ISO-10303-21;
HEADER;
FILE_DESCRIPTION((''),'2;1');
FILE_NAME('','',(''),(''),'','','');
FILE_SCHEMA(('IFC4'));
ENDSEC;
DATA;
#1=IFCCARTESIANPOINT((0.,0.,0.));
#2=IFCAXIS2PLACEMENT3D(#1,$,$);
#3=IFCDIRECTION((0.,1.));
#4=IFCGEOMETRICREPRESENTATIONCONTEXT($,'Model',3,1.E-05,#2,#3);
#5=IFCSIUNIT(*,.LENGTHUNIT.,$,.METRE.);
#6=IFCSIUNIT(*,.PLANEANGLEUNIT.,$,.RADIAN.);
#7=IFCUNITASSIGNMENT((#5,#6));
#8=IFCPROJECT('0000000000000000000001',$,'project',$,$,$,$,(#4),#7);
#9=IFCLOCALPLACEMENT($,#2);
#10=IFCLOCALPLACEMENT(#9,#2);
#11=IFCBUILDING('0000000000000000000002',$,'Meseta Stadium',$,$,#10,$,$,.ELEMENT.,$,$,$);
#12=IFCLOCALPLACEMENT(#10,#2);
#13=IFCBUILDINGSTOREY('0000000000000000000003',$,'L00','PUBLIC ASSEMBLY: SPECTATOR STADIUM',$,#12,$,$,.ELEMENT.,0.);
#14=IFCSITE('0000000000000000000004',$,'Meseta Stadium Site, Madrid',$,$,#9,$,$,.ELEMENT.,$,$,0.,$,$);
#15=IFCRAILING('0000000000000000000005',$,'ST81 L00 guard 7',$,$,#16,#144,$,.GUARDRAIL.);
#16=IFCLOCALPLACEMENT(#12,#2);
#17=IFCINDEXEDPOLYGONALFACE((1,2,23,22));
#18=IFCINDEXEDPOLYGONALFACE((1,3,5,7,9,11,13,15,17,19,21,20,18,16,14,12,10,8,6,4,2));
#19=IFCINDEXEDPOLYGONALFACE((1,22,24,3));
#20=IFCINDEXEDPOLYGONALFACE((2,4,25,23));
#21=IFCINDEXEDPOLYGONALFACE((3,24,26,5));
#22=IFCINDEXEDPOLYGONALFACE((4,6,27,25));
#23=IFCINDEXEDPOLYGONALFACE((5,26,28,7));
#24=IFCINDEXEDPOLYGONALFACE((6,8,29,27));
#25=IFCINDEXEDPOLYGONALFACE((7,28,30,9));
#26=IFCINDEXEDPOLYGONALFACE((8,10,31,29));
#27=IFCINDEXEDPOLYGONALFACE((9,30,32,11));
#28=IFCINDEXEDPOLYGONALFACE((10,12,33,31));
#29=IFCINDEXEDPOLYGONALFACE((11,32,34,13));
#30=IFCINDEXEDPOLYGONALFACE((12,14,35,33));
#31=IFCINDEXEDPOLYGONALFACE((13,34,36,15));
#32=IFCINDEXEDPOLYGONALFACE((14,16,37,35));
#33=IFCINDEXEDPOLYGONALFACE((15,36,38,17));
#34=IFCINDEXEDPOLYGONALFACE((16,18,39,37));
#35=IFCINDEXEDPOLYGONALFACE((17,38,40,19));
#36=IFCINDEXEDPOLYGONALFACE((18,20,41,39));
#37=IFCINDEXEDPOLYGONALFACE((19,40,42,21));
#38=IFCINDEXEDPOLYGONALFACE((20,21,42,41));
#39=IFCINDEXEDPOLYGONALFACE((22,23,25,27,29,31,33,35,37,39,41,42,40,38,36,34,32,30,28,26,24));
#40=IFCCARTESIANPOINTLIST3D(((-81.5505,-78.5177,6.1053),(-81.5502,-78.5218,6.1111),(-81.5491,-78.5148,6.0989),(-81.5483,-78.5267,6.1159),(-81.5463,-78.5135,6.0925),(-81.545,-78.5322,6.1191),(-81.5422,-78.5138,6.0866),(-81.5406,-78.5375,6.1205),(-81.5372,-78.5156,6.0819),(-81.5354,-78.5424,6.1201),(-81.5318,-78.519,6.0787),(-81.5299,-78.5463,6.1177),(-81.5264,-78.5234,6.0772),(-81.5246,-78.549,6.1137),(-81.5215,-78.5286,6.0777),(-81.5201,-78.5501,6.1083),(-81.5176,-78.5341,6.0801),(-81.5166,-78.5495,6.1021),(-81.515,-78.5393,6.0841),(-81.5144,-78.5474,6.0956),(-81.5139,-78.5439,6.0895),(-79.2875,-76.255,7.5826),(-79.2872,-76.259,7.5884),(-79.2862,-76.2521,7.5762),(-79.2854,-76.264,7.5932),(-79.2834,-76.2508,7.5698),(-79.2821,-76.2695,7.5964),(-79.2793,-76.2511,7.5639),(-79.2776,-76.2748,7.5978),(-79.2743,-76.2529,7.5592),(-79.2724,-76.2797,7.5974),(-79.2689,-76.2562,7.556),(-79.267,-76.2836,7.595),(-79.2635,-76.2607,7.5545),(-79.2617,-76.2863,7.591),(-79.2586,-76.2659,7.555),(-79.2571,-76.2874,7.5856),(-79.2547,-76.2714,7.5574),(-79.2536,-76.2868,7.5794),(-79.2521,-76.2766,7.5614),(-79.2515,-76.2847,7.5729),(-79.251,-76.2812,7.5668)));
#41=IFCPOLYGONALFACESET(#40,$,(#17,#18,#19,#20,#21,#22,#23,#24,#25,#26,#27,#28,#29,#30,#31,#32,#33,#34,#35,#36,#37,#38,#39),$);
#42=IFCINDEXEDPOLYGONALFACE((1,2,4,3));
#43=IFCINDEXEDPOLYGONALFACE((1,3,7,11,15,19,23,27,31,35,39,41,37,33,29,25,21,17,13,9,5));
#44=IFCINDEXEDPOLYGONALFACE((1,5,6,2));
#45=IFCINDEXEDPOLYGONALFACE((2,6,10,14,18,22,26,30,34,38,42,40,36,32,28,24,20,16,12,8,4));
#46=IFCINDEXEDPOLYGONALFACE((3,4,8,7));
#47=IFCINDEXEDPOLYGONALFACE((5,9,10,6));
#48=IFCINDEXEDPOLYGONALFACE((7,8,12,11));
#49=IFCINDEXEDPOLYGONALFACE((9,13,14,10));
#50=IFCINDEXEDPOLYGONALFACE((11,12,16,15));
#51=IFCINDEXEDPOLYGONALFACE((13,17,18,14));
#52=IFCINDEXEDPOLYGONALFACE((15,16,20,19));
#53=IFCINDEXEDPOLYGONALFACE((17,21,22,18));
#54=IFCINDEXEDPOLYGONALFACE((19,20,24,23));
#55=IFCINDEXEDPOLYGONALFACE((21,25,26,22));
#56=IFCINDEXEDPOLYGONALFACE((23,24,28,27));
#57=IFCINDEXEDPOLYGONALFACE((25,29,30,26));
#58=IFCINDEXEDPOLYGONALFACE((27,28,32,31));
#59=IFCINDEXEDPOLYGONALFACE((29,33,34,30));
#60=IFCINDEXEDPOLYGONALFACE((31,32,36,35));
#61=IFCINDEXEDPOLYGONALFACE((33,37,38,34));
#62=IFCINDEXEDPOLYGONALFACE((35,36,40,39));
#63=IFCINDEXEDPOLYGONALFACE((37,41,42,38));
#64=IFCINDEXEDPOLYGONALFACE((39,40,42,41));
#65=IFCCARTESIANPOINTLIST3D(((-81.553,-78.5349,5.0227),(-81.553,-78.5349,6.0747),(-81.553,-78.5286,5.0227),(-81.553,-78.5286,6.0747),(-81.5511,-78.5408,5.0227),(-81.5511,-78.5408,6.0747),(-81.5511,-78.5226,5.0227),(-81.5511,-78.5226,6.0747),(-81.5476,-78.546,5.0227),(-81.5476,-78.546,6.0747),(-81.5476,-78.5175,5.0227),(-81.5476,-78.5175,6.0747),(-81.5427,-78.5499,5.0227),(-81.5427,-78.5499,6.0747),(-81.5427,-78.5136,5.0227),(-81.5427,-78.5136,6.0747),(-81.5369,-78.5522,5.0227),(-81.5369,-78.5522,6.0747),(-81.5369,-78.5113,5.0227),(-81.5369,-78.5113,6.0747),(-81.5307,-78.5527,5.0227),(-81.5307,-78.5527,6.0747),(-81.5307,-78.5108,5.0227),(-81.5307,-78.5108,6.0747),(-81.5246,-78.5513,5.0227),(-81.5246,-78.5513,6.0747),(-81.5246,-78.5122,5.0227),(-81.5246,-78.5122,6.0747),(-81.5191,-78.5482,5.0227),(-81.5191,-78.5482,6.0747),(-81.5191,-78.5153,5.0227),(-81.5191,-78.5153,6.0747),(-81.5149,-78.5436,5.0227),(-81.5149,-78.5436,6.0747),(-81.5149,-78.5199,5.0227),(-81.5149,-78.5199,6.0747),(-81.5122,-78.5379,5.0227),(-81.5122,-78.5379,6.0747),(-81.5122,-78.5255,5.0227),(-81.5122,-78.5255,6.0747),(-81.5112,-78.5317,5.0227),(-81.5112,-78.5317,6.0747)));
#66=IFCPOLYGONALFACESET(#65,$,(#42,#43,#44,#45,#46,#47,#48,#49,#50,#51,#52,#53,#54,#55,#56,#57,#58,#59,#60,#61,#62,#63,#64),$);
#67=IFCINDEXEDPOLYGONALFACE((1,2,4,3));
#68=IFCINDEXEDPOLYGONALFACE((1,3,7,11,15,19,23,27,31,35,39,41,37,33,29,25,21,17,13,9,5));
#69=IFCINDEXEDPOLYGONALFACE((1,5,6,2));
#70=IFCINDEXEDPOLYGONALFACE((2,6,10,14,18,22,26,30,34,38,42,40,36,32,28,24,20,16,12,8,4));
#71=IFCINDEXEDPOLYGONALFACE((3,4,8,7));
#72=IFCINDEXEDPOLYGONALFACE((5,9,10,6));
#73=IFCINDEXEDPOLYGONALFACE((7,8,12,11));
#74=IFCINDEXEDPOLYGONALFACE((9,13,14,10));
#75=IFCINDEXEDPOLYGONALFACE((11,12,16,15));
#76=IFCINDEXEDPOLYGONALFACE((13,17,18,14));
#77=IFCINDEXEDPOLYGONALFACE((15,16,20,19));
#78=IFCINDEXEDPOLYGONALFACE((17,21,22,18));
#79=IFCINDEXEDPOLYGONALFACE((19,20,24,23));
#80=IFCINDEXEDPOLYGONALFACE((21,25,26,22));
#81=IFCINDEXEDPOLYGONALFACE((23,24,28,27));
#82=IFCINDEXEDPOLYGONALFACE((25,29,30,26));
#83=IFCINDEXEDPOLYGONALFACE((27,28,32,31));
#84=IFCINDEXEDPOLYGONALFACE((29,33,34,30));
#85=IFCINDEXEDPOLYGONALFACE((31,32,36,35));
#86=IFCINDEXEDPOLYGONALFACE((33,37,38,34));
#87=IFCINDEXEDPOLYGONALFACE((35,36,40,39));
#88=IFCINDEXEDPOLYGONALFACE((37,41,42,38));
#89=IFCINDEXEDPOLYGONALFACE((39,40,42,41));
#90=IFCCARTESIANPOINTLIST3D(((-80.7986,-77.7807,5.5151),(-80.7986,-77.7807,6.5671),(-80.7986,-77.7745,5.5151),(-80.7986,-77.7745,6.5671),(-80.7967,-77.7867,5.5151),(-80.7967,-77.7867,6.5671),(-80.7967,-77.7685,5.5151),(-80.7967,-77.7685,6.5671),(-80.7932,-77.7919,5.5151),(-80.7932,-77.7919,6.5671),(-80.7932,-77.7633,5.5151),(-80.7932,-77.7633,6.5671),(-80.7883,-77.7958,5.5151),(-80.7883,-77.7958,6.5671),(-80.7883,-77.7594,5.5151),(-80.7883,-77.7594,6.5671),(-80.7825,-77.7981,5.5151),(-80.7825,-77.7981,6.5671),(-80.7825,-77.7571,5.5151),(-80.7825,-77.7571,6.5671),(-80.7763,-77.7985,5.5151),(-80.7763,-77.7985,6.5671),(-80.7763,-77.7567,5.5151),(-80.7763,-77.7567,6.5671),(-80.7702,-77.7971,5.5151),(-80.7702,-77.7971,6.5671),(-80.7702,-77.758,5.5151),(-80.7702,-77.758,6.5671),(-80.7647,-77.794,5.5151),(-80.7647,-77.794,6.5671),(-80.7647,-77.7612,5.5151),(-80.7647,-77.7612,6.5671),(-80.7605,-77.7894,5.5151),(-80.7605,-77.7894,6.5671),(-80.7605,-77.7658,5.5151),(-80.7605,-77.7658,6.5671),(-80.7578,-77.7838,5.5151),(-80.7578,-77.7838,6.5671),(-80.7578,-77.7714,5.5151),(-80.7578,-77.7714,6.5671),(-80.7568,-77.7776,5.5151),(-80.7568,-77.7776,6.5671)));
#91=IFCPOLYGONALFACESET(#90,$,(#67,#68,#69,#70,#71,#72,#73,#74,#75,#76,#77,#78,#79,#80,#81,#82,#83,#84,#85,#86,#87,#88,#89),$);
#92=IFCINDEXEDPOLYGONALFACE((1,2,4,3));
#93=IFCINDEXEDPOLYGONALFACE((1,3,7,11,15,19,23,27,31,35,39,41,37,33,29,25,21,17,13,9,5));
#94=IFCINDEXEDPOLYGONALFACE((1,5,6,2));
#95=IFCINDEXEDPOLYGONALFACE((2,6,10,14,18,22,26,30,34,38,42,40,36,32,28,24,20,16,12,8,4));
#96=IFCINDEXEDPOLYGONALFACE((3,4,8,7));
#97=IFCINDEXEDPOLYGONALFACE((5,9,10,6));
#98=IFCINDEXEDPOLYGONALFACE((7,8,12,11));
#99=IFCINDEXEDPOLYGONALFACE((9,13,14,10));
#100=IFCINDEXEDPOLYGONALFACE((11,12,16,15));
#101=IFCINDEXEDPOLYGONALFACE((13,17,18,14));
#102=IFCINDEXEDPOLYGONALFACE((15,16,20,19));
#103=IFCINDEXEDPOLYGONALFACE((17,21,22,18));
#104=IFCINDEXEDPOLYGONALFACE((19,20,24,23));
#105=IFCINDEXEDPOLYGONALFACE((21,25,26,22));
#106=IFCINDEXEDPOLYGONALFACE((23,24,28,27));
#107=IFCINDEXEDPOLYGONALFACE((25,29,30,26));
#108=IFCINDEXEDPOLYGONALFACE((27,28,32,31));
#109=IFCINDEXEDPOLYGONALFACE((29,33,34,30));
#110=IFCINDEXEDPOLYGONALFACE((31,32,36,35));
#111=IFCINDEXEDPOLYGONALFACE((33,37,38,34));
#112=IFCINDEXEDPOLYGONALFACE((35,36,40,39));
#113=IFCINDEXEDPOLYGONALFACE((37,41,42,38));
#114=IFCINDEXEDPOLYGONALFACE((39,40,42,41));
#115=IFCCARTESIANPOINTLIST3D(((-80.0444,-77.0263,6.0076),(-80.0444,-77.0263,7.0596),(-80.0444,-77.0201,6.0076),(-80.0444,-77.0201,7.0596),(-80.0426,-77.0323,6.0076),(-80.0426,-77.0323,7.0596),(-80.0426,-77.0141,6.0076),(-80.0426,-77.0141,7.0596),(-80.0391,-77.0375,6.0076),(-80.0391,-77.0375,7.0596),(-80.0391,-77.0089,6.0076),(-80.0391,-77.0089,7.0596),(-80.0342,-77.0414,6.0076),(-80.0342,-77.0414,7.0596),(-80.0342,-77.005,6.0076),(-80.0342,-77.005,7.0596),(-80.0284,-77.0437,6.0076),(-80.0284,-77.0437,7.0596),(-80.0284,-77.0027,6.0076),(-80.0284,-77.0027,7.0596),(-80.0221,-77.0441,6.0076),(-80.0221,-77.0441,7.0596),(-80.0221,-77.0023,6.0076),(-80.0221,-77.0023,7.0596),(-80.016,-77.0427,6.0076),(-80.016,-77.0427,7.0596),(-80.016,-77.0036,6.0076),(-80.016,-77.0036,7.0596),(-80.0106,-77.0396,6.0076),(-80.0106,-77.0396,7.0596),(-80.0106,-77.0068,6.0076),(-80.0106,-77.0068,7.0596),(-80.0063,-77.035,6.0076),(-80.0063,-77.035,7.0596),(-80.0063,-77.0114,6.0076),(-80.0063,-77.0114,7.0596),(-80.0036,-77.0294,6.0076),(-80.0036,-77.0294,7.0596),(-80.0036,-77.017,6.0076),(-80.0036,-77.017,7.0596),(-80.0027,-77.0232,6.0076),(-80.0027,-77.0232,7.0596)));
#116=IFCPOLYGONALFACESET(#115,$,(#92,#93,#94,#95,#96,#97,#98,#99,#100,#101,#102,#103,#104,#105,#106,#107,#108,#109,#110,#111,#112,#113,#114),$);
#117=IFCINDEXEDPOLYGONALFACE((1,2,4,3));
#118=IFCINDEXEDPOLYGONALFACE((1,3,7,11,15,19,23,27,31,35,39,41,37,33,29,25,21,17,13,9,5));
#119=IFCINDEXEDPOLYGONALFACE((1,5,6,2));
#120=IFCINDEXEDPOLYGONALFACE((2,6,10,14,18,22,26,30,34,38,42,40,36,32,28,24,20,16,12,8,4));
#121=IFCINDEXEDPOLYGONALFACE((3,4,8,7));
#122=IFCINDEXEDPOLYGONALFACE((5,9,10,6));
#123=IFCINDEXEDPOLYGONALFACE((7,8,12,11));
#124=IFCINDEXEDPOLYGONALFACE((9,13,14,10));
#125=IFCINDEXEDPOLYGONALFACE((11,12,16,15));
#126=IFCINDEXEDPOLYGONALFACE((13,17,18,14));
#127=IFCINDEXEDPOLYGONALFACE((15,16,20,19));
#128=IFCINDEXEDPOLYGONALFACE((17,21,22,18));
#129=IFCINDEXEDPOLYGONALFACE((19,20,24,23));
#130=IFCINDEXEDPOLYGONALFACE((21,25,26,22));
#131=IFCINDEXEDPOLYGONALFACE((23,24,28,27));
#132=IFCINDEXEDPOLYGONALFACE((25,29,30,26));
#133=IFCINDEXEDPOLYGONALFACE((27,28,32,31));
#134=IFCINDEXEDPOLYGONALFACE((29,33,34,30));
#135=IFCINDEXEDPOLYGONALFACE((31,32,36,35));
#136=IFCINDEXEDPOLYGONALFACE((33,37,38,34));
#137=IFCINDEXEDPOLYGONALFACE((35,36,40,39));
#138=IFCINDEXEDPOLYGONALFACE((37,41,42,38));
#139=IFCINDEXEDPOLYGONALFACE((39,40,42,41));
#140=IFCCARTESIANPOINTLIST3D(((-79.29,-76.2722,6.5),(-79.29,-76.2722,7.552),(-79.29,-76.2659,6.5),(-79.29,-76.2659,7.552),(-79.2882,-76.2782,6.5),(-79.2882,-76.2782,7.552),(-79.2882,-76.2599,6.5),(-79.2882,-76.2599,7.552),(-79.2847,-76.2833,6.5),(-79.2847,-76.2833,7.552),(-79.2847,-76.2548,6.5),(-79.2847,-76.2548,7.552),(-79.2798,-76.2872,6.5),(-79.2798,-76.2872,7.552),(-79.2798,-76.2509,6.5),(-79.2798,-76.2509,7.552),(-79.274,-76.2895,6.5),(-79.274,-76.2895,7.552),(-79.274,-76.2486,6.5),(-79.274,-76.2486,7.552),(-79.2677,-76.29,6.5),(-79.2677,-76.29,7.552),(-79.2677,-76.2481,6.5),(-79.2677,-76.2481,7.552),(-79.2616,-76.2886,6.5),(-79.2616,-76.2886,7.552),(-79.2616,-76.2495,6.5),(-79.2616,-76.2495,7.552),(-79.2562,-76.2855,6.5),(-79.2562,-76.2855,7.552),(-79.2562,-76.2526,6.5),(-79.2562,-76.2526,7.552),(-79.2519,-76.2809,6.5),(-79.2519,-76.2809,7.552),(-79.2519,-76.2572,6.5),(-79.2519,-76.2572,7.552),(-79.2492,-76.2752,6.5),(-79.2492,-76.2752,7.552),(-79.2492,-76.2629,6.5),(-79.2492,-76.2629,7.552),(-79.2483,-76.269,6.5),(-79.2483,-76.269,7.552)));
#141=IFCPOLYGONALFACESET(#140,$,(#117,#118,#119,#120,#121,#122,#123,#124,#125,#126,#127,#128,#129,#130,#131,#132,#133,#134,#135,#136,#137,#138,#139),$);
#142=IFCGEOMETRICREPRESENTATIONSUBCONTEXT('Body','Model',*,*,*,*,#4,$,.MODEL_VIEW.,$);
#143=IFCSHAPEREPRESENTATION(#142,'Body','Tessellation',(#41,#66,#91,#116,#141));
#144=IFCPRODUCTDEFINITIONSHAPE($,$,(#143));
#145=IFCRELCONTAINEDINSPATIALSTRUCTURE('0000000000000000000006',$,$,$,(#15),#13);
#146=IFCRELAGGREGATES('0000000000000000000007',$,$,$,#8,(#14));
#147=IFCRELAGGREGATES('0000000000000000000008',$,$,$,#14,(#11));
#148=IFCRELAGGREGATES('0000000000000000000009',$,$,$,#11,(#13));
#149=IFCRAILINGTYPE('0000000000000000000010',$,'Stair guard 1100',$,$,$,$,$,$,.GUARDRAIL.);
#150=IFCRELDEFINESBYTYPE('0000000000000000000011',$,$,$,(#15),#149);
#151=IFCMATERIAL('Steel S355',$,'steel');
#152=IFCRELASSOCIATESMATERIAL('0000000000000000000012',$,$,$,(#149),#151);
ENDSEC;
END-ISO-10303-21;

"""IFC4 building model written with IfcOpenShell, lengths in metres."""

from ifc_helpers import new_model, si_unit, direction, frame, origin, origin_2d, place, context, subcontext, project, spatial, circle, extrude, material, type_object, element, save


model = new_model("IFC4")

# Units and contexts
model_context = context("Model", 3, precision=1e-05, world=origin(), true_north=direction((0.0, 1.0)))
body_context = subcontext(model_context, "Body", "Model", "MODEL_VIEW")
ifc_project = project(units=[si_unit("LENGTHUNIT", "METRE"), si_unit("PLANEANGLEUNIT", "RADIAN")], contexts=[model_context])

# Site, building, storey
site_placement = place(None, origin())
site = spatial("IfcSite", under=ifc_project, at=site_placement, Name="Meseta Stadium Site, Madrid", CompositionType="ELEMENT", RefElevation=0.0)
building_placement = place(site_placement, origin())
building = spatial("IfcBuilding", under=site, at=building_placement, Name="Meseta Stadium", CompositionType="ELEMENT")
storey_placement = place(building_placement, origin())
storey = spatial("IfcBuildingStorey", under=building, at=storey_placement, Name="L00", Description="PUBLIC ASSEMBLY: SPECTATOR STADIUM", CompositionType="ELEMENT", Elevation=0.0)

# Railing
ifc_material_1 = material(Name="Steel S355", Category="steel")
railing_type_1 = type_object("IfcRailingType", Name="Stair guard 1100", PredefinedType="GUARDRAIL", material=ifc_material_1)
railing_1_placement = place(storey_placement, frame((-81.5322, -78.5317, 5.0227)))
element("IfcRailing", 1, at=railing_1_placement, inside=storey, type_object=railing_type_1, Name="ST81 L00 guard 7", PredefinedType="GUARDRAIL", context=body_context, shape_type="SweptSolid", body=[
    extrude(circle(Radius=0.0239, at=origin_2d()), frame((0.0, 0.0, 1.0762), z_axis=(0.642034, 0.641965, 0.419134), x_axis=(-0.707069, 0.707145, 0.0)), (0.0, 0.0, 1.0), 3.5247),
    extrude(circle(Radius=0.021, at=origin_2d()), origin(), (0.0, 0.0, 1.0), 1.052),
    extrude(circle(Radius=0.021, at=origin_2d()), frame((0.7544, 0.7542, 0.4924)), (0.0, 0.0, 1.0), 1.052),
    extrude(circle(Radius=0.021, at=origin_2d()), frame((1.5085, 1.5085, 0.9849)), (0.0, 0.0, 1.0), 1.052),
    extrude(circle(Radius=0.021, at=origin_2d()), frame((2.2629, 2.2627, 1.4773)), (0.0, 0.0, 1.0), 1.052),
])

save(model, "model.ifc")
